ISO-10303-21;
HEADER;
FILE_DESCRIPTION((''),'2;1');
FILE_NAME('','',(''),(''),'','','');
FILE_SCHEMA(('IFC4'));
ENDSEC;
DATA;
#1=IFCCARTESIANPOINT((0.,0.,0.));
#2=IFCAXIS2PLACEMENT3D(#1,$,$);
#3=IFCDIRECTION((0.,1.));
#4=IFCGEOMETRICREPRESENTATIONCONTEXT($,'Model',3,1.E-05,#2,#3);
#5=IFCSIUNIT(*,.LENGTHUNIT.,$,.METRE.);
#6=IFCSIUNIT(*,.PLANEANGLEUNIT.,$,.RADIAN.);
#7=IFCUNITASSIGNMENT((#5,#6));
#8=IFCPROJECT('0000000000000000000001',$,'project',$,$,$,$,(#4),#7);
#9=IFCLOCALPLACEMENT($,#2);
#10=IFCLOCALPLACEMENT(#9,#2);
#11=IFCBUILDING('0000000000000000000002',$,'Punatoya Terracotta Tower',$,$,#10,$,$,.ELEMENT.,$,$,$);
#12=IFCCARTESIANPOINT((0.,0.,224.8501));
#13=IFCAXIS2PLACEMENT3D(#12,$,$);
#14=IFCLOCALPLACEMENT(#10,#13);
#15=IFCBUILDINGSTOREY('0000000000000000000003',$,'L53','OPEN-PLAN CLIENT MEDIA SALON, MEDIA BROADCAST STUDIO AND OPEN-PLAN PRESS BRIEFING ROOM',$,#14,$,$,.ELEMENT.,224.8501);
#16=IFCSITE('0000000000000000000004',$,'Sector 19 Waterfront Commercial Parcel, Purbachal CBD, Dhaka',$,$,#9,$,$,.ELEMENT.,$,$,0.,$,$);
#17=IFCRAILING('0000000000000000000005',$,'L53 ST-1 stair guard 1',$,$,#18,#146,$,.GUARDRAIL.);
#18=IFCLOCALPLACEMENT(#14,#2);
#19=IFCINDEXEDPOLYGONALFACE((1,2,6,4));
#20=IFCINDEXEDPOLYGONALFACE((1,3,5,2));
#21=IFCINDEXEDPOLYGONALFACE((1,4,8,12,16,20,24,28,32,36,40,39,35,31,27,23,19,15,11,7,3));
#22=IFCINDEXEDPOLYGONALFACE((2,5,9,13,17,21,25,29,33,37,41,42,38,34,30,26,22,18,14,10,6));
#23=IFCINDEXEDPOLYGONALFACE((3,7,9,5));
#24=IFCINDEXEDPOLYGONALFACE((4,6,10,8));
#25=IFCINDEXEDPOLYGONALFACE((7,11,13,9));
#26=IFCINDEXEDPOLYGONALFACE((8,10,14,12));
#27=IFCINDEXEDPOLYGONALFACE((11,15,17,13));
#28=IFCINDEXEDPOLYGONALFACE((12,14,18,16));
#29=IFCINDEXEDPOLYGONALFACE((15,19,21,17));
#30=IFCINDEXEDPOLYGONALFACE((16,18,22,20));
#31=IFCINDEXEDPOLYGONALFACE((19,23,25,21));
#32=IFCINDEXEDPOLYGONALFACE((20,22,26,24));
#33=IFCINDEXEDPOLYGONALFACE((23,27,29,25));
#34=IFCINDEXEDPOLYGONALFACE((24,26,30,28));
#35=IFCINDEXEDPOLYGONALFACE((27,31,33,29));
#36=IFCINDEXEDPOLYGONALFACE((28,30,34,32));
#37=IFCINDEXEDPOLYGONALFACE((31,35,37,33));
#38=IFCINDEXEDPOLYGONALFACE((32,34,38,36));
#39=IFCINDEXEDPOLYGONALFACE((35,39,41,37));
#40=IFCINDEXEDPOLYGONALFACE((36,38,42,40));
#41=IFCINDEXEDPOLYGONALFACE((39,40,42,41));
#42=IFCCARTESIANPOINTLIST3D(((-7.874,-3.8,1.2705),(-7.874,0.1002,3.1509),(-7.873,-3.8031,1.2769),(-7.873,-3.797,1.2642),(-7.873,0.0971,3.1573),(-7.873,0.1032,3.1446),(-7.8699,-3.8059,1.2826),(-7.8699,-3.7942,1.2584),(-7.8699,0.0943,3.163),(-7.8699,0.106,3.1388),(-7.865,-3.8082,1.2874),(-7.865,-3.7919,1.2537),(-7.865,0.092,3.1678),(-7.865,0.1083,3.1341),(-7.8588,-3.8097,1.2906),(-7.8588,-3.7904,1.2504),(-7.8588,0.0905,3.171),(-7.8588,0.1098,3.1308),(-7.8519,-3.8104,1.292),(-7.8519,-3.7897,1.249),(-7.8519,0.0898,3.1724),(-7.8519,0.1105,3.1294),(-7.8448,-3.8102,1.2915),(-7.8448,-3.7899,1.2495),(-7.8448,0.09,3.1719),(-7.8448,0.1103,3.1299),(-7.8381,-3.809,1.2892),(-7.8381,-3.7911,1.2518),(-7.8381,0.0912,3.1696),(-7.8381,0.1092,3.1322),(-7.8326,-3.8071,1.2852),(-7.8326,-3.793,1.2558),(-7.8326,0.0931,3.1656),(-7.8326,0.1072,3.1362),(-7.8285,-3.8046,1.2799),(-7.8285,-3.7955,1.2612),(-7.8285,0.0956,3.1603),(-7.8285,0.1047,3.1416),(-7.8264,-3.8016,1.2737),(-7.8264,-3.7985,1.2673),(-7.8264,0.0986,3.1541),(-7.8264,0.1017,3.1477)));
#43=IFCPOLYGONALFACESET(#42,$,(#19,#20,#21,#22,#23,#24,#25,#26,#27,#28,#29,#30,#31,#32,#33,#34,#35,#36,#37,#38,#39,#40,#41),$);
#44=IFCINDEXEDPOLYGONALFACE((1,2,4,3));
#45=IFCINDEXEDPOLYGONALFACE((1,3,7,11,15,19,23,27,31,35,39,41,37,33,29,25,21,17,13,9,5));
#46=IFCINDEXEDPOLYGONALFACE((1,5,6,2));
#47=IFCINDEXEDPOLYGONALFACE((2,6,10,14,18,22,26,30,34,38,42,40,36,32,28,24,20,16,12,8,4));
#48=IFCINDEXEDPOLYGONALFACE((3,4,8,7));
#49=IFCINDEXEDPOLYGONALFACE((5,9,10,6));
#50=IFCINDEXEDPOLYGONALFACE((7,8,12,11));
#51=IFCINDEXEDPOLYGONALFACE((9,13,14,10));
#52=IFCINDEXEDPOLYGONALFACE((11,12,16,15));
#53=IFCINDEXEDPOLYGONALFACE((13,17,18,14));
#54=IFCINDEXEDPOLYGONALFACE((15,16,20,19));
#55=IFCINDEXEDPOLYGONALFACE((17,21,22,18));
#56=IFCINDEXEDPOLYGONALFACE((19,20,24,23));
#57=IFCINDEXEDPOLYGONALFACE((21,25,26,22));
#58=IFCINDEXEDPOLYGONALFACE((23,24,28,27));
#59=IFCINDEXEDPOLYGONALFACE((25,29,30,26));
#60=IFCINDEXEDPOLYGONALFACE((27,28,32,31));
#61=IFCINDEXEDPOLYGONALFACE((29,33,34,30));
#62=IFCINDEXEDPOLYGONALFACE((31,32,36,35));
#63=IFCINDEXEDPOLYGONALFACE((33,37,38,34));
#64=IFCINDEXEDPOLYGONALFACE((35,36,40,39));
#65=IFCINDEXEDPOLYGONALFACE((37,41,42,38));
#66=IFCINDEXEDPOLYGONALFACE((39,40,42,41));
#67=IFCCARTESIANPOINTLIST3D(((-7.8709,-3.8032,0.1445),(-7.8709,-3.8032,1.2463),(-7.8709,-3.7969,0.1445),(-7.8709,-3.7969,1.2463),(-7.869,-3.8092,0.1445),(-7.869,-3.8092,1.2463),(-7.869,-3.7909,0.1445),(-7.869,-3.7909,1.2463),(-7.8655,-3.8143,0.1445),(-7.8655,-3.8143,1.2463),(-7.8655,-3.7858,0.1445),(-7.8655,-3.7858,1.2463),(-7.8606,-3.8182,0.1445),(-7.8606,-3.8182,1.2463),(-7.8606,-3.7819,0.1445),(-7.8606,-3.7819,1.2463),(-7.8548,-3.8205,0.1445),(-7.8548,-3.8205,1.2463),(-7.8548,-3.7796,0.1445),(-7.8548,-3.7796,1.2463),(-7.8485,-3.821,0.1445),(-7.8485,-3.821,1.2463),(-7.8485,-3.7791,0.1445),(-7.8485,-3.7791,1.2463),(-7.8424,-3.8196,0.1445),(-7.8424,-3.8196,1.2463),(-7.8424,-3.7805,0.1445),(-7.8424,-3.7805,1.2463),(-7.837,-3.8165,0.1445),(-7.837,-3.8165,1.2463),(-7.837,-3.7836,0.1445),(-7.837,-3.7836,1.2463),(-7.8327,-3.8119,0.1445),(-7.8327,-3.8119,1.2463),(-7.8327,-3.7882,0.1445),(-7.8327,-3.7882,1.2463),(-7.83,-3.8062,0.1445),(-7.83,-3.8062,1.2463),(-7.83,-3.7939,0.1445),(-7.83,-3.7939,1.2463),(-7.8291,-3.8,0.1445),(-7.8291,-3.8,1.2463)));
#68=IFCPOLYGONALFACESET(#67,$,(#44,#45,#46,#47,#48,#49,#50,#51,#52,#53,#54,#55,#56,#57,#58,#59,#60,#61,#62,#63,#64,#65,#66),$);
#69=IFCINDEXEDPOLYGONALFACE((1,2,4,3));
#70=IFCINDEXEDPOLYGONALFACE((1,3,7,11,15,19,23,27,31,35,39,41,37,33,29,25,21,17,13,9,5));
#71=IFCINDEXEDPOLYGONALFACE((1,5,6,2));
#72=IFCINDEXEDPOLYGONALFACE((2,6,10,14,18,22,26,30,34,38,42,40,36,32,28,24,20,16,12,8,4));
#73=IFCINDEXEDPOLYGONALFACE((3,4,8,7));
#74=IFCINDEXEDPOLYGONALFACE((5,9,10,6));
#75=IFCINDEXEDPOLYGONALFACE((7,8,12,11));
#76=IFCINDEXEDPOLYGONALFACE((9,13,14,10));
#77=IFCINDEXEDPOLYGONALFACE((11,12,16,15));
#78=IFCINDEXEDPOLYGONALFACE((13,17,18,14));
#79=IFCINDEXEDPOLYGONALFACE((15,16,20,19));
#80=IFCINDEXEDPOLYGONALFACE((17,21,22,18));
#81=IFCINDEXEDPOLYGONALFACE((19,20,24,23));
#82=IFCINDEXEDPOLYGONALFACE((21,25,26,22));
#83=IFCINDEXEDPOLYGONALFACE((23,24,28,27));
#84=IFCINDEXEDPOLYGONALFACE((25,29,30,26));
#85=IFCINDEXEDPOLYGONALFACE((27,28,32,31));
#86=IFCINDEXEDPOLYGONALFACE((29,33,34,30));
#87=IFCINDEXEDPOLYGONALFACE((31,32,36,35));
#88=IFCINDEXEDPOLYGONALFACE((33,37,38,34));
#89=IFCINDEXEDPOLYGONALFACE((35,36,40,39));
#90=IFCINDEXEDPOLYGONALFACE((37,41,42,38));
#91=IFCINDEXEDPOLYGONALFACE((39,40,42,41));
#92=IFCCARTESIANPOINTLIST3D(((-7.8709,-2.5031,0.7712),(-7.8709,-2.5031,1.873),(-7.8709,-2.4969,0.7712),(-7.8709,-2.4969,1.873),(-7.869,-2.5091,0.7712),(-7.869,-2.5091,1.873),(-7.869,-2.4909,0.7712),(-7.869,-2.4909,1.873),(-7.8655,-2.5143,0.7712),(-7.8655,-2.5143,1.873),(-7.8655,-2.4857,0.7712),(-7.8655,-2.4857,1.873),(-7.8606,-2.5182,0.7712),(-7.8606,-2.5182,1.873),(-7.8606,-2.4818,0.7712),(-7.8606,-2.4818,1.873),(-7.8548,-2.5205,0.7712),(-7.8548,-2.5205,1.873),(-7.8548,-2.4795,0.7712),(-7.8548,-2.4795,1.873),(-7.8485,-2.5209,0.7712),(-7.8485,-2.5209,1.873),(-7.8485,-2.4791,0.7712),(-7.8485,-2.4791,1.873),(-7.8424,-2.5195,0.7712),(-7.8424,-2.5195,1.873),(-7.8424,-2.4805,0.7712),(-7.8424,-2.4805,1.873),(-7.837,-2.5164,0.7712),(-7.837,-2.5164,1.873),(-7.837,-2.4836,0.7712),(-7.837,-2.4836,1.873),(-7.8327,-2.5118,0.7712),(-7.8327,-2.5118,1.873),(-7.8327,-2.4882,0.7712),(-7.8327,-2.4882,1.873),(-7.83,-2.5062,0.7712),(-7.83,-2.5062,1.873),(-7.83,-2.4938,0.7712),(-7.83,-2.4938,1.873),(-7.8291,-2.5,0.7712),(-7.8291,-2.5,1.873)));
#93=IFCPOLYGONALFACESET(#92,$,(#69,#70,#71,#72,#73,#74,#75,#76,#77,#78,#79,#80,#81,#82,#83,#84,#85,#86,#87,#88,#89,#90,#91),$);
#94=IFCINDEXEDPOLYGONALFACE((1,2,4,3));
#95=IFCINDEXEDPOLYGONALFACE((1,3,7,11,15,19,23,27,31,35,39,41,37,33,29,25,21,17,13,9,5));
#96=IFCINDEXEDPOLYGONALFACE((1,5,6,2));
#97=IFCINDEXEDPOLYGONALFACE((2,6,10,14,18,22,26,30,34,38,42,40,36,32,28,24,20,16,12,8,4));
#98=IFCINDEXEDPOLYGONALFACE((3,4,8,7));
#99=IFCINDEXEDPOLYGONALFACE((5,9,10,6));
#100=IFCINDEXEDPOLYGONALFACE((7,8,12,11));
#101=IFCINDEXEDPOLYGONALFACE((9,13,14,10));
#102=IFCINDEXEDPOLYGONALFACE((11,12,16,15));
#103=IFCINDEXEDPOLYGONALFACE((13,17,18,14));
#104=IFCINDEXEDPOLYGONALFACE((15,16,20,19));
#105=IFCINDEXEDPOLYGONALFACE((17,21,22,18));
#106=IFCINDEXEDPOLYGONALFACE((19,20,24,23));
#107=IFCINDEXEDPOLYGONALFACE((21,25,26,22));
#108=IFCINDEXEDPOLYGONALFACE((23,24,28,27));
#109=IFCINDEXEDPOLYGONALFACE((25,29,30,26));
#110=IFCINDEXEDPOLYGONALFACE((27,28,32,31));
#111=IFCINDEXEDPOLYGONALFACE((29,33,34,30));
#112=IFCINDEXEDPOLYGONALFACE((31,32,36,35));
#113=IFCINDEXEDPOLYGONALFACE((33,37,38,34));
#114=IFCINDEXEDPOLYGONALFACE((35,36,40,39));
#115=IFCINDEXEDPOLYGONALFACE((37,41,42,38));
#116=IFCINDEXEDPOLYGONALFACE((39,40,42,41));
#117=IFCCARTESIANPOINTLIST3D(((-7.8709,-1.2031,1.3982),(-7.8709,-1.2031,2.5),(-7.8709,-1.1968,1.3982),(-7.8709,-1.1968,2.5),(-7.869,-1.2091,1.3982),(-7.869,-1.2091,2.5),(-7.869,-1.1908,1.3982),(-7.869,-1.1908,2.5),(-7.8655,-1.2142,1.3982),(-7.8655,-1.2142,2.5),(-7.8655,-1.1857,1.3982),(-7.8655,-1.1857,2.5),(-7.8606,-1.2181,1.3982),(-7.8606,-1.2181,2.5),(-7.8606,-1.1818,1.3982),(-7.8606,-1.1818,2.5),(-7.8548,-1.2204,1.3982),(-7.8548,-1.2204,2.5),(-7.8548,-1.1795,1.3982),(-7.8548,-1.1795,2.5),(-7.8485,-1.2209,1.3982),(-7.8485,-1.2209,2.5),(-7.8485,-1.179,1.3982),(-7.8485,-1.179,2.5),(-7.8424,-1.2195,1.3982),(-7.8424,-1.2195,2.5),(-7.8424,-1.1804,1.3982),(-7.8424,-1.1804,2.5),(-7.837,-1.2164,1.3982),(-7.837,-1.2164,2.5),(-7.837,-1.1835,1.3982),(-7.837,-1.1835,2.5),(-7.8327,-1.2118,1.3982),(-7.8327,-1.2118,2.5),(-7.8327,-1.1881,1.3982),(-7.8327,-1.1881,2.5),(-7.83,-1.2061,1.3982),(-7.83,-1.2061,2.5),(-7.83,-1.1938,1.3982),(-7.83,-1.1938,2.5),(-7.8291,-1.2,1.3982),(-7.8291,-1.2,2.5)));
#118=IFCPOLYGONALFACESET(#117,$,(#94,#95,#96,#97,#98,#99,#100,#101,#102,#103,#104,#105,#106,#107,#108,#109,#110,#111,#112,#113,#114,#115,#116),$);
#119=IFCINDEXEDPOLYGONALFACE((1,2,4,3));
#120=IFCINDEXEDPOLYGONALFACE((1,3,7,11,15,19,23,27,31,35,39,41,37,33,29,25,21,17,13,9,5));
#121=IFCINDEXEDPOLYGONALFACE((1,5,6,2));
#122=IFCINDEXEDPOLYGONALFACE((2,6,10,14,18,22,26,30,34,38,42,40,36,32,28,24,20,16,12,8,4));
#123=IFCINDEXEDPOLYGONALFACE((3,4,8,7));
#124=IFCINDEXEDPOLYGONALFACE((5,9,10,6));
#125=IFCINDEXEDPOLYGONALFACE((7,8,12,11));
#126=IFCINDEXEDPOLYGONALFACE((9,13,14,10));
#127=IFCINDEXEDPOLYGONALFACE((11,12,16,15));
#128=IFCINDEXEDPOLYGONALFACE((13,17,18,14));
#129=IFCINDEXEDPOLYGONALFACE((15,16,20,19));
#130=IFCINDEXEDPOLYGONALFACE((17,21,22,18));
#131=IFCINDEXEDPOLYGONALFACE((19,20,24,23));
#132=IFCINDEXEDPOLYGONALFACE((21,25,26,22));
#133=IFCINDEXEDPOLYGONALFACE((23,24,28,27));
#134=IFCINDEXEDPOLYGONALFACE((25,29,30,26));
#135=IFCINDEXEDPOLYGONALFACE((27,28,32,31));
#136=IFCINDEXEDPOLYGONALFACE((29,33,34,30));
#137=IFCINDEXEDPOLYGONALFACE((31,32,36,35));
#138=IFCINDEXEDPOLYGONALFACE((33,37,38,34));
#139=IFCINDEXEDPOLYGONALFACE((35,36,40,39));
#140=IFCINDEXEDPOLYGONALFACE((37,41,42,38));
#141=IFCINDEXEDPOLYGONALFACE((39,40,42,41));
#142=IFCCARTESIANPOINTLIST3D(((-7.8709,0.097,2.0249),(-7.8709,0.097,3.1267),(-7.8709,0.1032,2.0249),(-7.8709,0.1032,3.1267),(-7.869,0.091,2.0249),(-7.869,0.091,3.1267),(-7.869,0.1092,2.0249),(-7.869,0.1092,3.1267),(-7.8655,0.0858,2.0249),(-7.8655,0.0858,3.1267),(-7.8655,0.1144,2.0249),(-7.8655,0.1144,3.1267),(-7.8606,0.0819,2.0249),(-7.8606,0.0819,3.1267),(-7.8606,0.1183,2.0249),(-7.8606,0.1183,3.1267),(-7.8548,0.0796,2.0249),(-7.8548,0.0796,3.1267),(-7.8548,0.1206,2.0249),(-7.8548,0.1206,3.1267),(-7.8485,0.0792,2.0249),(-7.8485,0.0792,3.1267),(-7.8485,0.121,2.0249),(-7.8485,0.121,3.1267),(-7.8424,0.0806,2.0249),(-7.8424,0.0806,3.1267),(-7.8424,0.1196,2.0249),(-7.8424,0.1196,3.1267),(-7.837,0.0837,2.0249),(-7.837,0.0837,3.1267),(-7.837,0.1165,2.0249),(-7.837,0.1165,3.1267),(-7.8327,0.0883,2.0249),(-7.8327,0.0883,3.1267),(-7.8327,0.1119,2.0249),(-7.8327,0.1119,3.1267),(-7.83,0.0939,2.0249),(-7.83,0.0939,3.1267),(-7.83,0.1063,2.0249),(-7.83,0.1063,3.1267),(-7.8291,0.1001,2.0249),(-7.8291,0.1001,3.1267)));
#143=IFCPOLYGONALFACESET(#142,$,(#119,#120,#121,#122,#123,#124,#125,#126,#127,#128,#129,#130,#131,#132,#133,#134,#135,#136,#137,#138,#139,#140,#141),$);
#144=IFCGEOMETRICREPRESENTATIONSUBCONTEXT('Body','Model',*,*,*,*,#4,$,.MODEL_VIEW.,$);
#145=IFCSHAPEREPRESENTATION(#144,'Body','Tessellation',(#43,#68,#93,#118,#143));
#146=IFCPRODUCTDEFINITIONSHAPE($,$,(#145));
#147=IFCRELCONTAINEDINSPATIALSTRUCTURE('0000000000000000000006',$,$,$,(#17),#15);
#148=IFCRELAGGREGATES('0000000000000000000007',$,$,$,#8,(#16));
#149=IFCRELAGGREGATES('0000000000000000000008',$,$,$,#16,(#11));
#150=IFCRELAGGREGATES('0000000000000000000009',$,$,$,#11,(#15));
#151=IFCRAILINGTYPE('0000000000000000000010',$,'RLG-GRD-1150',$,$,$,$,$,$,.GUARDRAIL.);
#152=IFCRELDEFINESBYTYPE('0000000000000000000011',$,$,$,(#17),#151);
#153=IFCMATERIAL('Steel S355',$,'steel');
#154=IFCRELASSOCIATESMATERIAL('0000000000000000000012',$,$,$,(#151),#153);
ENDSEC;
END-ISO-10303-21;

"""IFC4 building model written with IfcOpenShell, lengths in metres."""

from ifc_helpers import new_model, si_unit, direction, frame, origin, origin_2d, place, context, subcontext, project, spatial, circle, extrude, material, type_object, element, save


model = new_model("IFC4")

# Units and contexts
model_context = context("Model", 3, precision=1e-05, world=origin(), true_north=direction((0.0, 1.0)))
body_context = subcontext(model_context, "Body", "Model", "MODEL_VIEW")
ifc_project = project(units=[si_unit("LENGTHUNIT", "METRE"), si_unit("PLANEANGLEUNIT", "RADIAN")], contexts=[model_context])

# Site, building, storey
site_placement = place(None, origin())
site = spatial("IfcSite", under=ifc_project, at=site_placement, Name="Sector 19 Waterfront Commercial Parcel, Purbachal CBD, Dhaka", CompositionType="ELEMENT", RefElevation=0.0)
building_placement = place(site_placement, origin())
building = spatial("IfcBuilding", under=site, at=building_placement, Name="Punatoya Terracotta Tower", CompositionType="ELEMENT")
storey_placement = place(building_placement, frame((0.0, 0.0, 224.8501)))
storey = spatial("IfcBuildingStorey", under=building, at=storey_placement, Name="L53", Description="OPEN-PLAN CLIENT MEDIA SALON, MEDIA BROADCAST STUDIO AND OPEN-PLAN PRESS BRIEFING ROOM", CompositionType="ELEMENT", Elevation=224.8501)

# Shared definitions
ifc_material_1 = material(Name="Steel S355", Category="steel")

# Railing
railing_type_1 = type_object("IfcRailingType", Name="RLG-GRD-1150", PredefinedType="GUARDRAIL", material=ifc_material_1)
railing_1_placement = place(storey_placement, frame((-7.8501, -3.8, 0.1445)))
element("IfcRailing", 1, at=railing_1_placement, inside=storey, type_object=railing_type_1, Name="L53 ST-1 stair guard 1", PredefinedType="GUARDRAIL", context=body_context, shape_type="SweptSolid", body=[
    extrude(circle(Radius=0.0239, at=origin_2d()), frame((0.0, 0.0, 1.126), z_axis=(0.0, 0.900774, 0.434289), x_axis=(-1.0, 0.0, 0.0)), (0.0, 0.0, 1.0), 4.3298),
    extrude(circle(Radius=0.021, at=origin_2d()), origin(), (0.0, 0.0, 1.0), 1.1018),
    extrude(circle(Radius=0.021, at=origin_2d()), frame((0.0, 1.3, 0.6267)), (0.0, 0.0, 1.0), 1.1018),
    extrude(circle(Radius=0.021, at=origin_2d()), frame((0.0, 2.6001, 1.2537)), (0.0, 0.0, 1.0), 1.1018),
    extrude(circle(Radius=0.021, at=origin_2d()), frame((0.0, 3.9001, 1.8804)), (0.0, 0.0, 1.0), 1.1018),
])

save(model, "model.ifc")
